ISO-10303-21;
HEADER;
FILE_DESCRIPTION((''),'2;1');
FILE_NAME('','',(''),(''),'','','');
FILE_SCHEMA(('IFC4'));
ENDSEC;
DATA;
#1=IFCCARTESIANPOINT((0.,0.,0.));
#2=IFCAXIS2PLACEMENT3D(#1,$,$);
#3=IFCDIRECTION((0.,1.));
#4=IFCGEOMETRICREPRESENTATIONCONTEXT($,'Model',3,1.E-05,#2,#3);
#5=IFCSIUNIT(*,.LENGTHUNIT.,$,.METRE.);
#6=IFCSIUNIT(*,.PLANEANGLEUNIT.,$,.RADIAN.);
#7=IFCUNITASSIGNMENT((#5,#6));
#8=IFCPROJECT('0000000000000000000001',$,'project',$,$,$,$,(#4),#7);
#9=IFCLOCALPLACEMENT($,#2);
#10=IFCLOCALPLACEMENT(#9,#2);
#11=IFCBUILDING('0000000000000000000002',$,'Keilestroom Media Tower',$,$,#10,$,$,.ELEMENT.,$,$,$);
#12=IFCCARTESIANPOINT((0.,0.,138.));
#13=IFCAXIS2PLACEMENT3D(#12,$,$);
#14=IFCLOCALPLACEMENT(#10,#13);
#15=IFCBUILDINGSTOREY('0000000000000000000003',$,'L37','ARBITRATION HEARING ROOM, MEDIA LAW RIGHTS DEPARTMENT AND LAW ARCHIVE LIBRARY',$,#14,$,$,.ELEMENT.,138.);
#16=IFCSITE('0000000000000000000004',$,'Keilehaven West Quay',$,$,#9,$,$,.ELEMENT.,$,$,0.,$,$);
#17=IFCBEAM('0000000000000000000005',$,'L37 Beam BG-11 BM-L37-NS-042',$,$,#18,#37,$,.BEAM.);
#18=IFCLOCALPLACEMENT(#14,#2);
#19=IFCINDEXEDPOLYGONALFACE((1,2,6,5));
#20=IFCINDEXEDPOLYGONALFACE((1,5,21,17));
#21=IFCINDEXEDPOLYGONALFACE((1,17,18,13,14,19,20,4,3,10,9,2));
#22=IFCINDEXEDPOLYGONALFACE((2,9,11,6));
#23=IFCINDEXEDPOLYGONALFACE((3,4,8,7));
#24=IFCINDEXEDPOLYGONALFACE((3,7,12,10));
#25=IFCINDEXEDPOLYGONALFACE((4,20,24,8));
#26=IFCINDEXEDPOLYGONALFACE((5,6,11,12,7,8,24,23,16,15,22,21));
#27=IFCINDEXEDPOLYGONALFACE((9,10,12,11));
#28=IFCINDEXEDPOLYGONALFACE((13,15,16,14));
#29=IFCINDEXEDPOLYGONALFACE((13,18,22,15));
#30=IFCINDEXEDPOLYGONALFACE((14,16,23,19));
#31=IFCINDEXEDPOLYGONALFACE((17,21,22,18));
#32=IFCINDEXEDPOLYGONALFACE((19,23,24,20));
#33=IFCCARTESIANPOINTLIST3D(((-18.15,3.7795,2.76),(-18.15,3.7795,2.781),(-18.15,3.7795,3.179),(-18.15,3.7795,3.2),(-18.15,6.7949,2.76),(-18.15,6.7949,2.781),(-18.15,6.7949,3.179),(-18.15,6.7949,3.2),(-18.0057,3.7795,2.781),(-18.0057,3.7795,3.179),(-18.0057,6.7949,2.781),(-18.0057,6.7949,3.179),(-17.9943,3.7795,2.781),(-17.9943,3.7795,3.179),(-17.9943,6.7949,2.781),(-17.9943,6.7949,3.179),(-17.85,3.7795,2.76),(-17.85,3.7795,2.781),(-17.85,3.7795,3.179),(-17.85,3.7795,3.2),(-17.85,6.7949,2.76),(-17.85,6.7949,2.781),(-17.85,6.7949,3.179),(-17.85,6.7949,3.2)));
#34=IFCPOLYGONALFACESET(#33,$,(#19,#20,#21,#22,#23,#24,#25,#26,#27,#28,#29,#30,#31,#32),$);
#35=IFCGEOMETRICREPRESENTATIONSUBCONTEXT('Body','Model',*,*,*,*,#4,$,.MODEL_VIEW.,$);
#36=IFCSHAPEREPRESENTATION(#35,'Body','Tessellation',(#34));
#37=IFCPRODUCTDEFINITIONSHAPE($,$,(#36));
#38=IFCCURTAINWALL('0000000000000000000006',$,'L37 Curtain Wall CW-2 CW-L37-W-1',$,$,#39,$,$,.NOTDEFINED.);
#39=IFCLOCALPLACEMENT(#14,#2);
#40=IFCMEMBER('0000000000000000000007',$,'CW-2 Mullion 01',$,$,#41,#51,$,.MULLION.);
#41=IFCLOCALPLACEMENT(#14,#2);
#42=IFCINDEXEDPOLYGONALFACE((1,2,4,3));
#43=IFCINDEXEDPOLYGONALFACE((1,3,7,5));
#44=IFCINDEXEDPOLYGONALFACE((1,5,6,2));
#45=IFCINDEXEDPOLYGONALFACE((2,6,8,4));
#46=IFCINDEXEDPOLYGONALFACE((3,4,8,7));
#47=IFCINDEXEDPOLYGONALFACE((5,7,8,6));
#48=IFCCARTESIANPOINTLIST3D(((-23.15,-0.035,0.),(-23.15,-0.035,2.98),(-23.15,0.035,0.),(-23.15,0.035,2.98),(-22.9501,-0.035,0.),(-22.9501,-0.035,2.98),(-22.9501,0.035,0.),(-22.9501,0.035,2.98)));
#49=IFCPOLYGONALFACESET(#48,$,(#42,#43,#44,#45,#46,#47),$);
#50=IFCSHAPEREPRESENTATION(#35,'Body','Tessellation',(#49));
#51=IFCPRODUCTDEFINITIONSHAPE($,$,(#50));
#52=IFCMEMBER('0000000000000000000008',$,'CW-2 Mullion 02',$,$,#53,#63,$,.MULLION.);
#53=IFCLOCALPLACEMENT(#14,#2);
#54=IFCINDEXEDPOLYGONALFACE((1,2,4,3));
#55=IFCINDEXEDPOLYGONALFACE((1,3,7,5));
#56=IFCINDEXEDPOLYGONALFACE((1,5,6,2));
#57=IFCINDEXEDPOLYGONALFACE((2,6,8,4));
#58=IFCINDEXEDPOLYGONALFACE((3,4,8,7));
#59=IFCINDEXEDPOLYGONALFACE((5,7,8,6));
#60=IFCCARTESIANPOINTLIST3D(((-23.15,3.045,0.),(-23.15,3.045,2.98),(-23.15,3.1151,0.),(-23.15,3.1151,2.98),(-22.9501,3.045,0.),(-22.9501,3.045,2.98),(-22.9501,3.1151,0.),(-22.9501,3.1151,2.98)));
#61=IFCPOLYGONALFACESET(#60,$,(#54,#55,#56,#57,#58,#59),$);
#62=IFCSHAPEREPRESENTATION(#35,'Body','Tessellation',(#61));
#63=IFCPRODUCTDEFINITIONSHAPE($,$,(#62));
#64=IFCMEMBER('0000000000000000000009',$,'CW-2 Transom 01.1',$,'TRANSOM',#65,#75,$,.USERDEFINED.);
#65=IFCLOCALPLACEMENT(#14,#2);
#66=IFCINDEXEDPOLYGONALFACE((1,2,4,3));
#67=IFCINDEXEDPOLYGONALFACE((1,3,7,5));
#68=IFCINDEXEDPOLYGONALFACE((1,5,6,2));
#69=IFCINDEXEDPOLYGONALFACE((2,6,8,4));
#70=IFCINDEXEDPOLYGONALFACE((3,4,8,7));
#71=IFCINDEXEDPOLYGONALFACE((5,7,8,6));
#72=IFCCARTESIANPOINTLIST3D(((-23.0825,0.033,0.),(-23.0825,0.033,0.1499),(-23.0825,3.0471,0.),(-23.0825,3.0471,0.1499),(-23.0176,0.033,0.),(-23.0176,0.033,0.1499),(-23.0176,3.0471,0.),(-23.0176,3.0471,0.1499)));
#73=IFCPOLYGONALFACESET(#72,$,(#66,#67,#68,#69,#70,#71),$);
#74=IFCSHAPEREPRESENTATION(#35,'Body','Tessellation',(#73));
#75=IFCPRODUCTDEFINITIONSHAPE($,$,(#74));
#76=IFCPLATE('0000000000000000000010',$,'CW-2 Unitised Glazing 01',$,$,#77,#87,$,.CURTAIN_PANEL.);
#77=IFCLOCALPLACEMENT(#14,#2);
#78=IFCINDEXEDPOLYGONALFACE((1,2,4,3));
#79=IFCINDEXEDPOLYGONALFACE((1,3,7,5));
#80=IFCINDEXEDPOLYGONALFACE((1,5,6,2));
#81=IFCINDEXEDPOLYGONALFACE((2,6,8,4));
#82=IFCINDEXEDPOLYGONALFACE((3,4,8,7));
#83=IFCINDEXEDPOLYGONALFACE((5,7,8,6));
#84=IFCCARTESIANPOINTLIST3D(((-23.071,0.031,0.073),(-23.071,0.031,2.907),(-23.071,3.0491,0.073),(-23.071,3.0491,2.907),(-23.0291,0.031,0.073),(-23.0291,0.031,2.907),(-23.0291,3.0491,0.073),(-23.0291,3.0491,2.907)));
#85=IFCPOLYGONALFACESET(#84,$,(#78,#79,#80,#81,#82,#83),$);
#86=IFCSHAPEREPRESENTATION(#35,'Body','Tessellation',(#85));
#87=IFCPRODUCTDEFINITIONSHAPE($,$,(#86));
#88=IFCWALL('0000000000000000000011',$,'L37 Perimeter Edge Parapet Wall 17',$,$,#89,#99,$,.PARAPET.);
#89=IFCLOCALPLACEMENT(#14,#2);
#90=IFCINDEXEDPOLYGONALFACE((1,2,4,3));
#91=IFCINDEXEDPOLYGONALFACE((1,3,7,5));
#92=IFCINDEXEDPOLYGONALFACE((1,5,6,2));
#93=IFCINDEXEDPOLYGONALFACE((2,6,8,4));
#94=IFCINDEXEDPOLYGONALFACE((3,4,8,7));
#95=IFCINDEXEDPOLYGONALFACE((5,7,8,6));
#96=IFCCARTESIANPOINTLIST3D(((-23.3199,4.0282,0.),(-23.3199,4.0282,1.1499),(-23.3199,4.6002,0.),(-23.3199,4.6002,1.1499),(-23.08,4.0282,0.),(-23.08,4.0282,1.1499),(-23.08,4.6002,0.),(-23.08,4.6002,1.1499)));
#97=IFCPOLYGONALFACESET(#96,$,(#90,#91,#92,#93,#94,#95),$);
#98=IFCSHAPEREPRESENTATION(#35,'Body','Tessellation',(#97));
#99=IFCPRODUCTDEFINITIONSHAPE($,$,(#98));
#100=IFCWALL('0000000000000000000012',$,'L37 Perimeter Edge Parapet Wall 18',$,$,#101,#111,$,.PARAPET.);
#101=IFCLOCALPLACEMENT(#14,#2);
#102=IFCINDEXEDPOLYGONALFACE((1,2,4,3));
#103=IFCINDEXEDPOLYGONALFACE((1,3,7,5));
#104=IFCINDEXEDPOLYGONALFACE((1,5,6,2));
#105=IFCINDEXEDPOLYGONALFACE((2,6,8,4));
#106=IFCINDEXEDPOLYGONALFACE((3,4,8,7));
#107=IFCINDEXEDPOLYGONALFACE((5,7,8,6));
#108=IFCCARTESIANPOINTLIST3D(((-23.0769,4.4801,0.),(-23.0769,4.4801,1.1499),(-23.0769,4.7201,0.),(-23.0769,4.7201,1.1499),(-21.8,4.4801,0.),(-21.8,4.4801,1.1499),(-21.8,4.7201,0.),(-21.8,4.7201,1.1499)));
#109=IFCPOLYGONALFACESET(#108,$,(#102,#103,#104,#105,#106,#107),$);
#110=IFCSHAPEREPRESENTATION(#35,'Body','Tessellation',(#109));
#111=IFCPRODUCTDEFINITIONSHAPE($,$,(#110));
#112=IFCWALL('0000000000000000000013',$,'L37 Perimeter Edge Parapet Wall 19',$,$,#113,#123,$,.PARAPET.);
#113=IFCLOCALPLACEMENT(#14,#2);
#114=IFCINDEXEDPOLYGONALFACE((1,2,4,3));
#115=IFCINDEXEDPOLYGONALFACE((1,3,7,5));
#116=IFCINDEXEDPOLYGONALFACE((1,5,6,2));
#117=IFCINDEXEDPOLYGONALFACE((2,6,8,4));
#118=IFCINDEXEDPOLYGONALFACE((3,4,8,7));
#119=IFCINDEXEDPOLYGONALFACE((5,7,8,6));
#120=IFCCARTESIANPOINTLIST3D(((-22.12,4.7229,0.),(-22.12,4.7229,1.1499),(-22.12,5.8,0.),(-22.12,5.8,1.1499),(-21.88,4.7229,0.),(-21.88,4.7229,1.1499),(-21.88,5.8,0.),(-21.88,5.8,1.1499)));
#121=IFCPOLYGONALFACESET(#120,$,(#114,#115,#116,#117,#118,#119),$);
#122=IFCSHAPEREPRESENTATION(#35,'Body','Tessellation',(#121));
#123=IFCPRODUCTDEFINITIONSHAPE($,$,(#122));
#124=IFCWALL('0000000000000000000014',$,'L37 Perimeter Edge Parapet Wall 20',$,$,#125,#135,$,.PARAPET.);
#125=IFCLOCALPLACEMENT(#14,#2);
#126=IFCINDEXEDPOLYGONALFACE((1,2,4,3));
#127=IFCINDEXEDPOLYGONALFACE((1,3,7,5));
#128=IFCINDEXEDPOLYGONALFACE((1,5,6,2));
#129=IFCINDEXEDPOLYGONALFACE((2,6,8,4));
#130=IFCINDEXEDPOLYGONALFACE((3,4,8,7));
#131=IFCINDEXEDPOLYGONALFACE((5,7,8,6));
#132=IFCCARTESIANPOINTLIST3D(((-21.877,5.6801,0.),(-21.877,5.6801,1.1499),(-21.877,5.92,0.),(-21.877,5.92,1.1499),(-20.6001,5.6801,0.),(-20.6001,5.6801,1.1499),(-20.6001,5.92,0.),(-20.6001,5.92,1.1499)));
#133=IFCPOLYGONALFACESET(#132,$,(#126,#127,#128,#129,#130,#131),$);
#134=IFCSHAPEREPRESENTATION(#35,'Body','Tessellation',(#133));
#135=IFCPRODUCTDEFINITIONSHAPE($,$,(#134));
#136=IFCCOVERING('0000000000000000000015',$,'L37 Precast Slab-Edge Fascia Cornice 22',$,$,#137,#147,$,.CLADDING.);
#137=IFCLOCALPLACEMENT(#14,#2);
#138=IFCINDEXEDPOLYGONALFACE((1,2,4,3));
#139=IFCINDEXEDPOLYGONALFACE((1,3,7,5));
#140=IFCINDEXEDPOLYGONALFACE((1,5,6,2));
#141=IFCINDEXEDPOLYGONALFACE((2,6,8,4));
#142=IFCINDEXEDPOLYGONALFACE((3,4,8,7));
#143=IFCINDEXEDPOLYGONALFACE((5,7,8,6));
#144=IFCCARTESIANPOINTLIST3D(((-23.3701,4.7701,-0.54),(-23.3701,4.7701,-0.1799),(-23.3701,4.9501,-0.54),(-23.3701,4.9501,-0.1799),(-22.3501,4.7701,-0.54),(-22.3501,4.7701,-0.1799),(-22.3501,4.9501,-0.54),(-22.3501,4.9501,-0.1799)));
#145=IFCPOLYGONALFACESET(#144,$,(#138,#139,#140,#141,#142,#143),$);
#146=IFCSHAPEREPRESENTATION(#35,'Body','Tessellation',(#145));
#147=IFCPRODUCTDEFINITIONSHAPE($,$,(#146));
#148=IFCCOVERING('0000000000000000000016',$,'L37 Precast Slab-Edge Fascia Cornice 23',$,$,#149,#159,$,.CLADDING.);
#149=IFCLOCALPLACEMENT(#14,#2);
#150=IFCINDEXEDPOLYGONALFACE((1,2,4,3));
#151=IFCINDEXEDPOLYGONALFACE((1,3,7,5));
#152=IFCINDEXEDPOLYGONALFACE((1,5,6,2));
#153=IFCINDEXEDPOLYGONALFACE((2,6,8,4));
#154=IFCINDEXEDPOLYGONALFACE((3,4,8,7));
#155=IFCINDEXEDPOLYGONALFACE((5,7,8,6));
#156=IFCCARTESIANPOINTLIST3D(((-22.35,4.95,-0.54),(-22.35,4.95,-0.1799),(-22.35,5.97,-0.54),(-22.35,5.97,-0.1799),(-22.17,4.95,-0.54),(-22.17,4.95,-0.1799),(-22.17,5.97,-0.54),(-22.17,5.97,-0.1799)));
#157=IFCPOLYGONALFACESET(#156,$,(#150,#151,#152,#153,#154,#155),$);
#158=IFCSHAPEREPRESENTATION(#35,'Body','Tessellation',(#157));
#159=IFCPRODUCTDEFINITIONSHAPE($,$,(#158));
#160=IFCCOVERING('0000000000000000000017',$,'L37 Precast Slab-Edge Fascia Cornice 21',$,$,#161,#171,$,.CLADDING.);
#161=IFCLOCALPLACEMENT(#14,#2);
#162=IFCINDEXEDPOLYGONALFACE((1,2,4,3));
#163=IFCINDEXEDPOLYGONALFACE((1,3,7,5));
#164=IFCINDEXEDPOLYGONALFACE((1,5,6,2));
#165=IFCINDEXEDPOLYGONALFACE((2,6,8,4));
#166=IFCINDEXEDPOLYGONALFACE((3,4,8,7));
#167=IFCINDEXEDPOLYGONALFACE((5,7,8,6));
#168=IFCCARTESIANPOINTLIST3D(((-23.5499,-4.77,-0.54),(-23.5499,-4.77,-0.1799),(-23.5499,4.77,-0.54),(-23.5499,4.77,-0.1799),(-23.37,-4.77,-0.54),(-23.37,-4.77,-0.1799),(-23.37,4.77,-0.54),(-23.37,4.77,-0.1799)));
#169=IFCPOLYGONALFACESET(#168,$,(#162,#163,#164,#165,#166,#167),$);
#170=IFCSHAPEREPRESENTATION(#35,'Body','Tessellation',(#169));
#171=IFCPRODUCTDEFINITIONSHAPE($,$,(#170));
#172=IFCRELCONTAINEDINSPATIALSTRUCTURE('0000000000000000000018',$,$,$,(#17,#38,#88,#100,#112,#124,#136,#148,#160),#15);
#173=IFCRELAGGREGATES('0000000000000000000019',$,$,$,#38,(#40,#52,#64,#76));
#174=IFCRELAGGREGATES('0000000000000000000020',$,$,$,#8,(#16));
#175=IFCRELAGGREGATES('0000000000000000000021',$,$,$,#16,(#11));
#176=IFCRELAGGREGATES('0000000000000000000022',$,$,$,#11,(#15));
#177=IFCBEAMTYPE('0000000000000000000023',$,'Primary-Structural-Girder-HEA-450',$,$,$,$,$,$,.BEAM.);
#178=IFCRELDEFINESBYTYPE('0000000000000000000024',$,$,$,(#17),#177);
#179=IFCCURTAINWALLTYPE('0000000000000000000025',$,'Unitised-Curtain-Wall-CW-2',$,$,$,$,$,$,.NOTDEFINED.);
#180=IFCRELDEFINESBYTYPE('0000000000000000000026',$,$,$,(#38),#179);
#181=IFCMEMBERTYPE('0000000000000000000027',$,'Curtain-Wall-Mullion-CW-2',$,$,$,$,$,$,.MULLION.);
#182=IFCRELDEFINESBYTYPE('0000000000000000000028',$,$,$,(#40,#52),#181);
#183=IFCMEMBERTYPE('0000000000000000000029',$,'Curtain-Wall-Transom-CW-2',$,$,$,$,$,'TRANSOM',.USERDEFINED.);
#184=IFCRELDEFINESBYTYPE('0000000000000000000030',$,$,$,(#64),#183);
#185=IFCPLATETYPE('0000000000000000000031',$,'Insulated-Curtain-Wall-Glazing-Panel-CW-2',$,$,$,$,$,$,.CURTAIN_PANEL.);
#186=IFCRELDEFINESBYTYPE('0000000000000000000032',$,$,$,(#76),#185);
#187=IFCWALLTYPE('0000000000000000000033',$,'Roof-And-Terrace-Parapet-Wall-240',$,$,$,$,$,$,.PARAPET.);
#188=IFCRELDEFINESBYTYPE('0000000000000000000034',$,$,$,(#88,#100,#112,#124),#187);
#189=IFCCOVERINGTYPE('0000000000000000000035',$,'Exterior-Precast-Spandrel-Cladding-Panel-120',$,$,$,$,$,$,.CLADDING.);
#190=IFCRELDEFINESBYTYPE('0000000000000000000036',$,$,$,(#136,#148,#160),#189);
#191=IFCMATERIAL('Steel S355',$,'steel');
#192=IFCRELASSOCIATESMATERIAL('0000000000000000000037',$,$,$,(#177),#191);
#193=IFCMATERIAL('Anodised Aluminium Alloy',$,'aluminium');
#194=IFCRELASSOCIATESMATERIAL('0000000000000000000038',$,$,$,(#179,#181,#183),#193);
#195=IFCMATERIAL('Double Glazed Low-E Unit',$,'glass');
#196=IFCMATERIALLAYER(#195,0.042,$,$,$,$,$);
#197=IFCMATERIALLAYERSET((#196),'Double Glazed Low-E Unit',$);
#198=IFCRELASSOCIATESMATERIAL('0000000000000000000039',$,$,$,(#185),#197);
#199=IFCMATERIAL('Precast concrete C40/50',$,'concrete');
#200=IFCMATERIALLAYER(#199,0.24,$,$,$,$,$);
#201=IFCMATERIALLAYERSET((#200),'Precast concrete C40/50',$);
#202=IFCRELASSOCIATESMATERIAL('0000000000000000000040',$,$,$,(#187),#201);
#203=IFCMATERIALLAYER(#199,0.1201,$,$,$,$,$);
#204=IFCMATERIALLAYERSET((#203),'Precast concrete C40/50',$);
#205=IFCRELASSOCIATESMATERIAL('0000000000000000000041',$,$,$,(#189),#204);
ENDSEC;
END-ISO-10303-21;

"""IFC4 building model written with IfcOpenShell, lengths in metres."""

from ifc_helpers import new_model, si_unit, direction, frame, frame_2d, origin, origin_2d, place, context, subcontext, project, spatial, rectangle, i_section, extrude, source, transform, mapped, material, layer, layer_set, material_profile, profile_set, type_object, element, aggregate, save


model = new_model("IFC4")

# Units and contexts
model_context = context("Model", 3, precision=1e-05, world=origin(), true_north=direction((0.0, 1.0)))
body_context = subcontext(model_context, "Body", "Model", "MODEL_VIEW")
ifc_project = project(units=[si_unit("LENGTHUNIT", "METRE"), si_unit("PLANEANGLEUNIT", "RADIAN")], contexts=[model_context])

# Site, building, storey
site_placement = place(None, origin())
site = spatial("IfcSite", under=ifc_project, at=site_placement, Name="Keilehaven West Quay", CompositionType="ELEMENT", RefElevation=0.0)
building_placement = place(site_placement, origin())
building = spatial("IfcBuilding", under=site, at=building_placement, Name="Keilestroom Media Tower", CompositionType="ELEMENT")
storey_placement = place(building_placement, frame((0.0, 0.0, 138.0)))
storey = spatial("IfcBuildingStorey", under=building, at=storey_placement, Name="L37", Description="ARBITRATION HEARING ROOM, MEDIA LAW RIGHTS DEPARTMENT AND LAW ARCHIVE LIBRARY", CompositionType="ELEMENT", Elevation=138.0)

# Shared definitions
ifc_material_1 = material(Name="Precast concrete C40/50", Category="concrete")
ifc_material_2 = material(Name="Steel S355", Category="steel")

# Beam
ifc_material_profile_1 = material_profile(ifc_material_2, i_section(OverallWidth=0.3, OverallDepth=0.4399, WebThickness=0.0115, FlangeThickness=0.021, at=origin_2d()), Name="HEA 450")
ifc_profile_set_1 = profile_set([ifc_material_profile_1], Name="Steel S355")
beam_type_1 = type_object("IfcBeamType", Name="Primary-Structural-Girder-HEA-450", PredefinedType="BEAM", material=ifc_profile_set_1)
shared_shape_1 = source(origin(), body_context, "Body", "SweptSolid", [
    extrude(i_section(OverallWidth=0.3, OverallDepth=0.4399, WebThickness=0.0115, FlangeThickness=0.021, at=origin_2d()), origin(), (0.0, 0.0, 1.0), 3.0154),
])
beam_1_placement = place(storey_placement, frame((-18.0, 3.7795, 2.98), z_axis=(0.0, 1.0, 0.0), x_axis=(-1.0, 0.0, 0.0)))
element("IfcBeam", 1, at=beam_1_placement, inside=storey, type_object=beam_type_1, Name="L37 Beam BG-11 BM-L37-NS-042", PredefinedType="BEAM", context=body_context, shape_type="MappedRepresentation", body=[
    mapped(shared_shape_1, transform((0.0, 0.0, 0.0), x_axis=(1.0, 0.0, 0.0), y_axis=(0.0, 1.0, 0.0), z_axis=(0.0, 0.0, 1.0), scale=1.0)),
])

# Curtain wall, members, plate
ifc_material_3 = material(Name="Anodised Aluminium Alloy", Category="aluminium")
curtain_wall_type = type_object("IfcCurtainWallType", Name="Unitised-Curtain-Wall-CW-2", PredefinedType="NOTDEFINED", material=ifc_material_3)
curtain_wall_placement = place(storey_placement, origin())
curtain_wall = element("IfcCurtainWall", 2, at=curtain_wall_placement, inside=storey, type_object=curtain_wall_type, Name="L37 Curtain Wall CW-2 CW-L37-W-1", PredefinedType="NOTDEFINED")
ifc_material_profile_2 = material_profile(ifc_material_3, rectangle(XDim=0.0701, YDim=0.2, at=origin_2d()), Name="ALU MULLION 70x200")
ifc_profile_set_2 = profile_set([ifc_material_profile_2], Name="Anodised Aluminium Alloy")
member_type_1 = type_object("IfcMemberType", Name="Curtain-Wall-Mullion-CW-2", PredefinedType="MULLION", material=ifc_profile_set_2)
shared_shape_2 = source(origin(), body_context, "Body", "SweptSolid", [
    extrude(rectangle(XDim=0.0701, YDim=0.2, at=origin_2d()), origin(), (0.0, 0.0, 1.0), 2.98),
])
member_1_placement = place(storey_placement, frame((-23.05, 0.0, 0.0), z_axis=(0.0, 0.0, 1.0), x_axis=(0.0, 1.0, 0.0)))
member_1 = element("IfcMember", 3, at=member_1_placement, type_object=member_type_1, Name="CW-2 Mullion 01", PredefinedType="MULLION", context=body_context, shape_type="MappedRepresentation", body=[
    mapped(shared_shape_2, transform((0.0, 0.0, 0.0), x_axis=(1.0, 0.0, 0.0), y_axis=(0.0, 1.0, 0.0), z_axis=(0.0, 0.0, 1.0), scale=1.0)),
])
member_2_placement = place(storey_placement, frame((-23.05, 3.0801, 0.0), z_axis=(0.0, 0.0, 1.0), x_axis=(0.0, 1.0, 0.0)))
member_2 = element("IfcMember", 4, at=member_2_placement, type_object=member_type_1, Name="CW-2 Mullion 02", PredefinedType="MULLION", context=body_context, shape_type="MappedRepresentation", body=[
    mapped(shared_shape_2, transform((0.0, 0.0, 0.0), x_axis=(1.0, 0.0, 0.0), y_axis=(0.0, 1.0, 0.0), z_axis=(0.0, 0.0, 1.0), scale=1.0)),
])
ifc_material_profile_3 = material_profile(ifc_material_3, rectangle(XDim=0.0649, YDim=0.1499, at=origin_2d()), Name="ALU TRANSOM 65x150")
ifc_profile_set_3 = profile_set([ifc_material_profile_3], Name="Anodised Aluminium Alloy")
member_type_2 = type_object("IfcMemberType", Name="Curtain-Wall-Transom-CW-2", ElementType="TRANSOM", PredefinedType="USERDEFINED", material=ifc_profile_set_3)
shared_shape_3 = source(origin(), body_context, "Body", "SweptSolid", [
    extrude(rectangle(XDim=0.0649, YDim=0.1499, at=origin_2d()), origin(), (0.0, 0.0, 1.0), 3.0142),
])
member_3_placement = place(storey_placement, frame((-23.05, 0.033, 0.075), z_axis=(0.0, 1.0, 0.0), x_axis=(-1.0, 0.0, 0.0)))
member_3 = element("IfcMember", 5, at=member_3_placement, type_object=member_type_2, Name="CW-2 Transom 01.1", ObjectType="TRANSOM", PredefinedType="USERDEFINED", context=body_context, shape_type="MappedRepresentation", body=[
    mapped(shared_shape_3, transform((0.0, 0.0, 0.0), x_axis=(1.0, 0.0, 0.0), y_axis=(0.0, 1.0, 0.0), z_axis=(0.0, 0.0, 1.0), scale=1.0)),
])
ifc_material_4 = material(Name="Double Glazed Low-E Unit", Category="glass")
ifc_layer_1 = layer(ifc_material_4, 0.042)
ifc_layer_set_1 = layer_set([ifc_layer_1], Name="Double Glazed Low-E Unit")
plate_type = type_object("IfcPlateType", Name="Insulated-Curtain-Wall-Glazing-Panel-CW-2", PredefinedType="CURTAIN_PANEL", material=ifc_layer_set_1)
shared_shape_4 = source(origin(), body_context, "Body", "SweptSolid", [
    extrude(rectangle(XDim=3.0181, YDim=0.042, at=origin_2d()), origin(), (0.0, 0.0, 1.0), 2.834),
])
plate_placement = place(storey_placement, frame((-23.05, 1.54, 0.073), z_axis=(0.0, 0.0, 1.0), x_axis=(0.0, 1.0, 0.0)))
plate = element("IfcPlate", 6, at=plate_placement, type_object=plate_type, Name="CW-2 Unitised Glazing 01", PredefinedType="CURTAIN_PANEL", context=body_context, shape_type="MappedRepresentation", body=[
    mapped(shared_shape_4, transform((0.0, 0.0, 0.0), x_axis=(1.0, 0.0, 0.0), y_axis=(0.0, 1.0, 0.0), z_axis=(0.0, 0.0, 1.0), scale=1.0)),
])
aggregate(curtain_wall, [member_1, member_2, member_3, plate])

# Walls
ifc_layer_2 = layer(ifc_material_1, 0.24)
ifc_layer_set_2 = layer_set([ifc_layer_2], Name="Precast concrete C40/50")
wall_type = type_object("IfcWallType", Name="Roof-And-Terrace-Parapet-Wall-240", PredefinedType="PARAPET", material=ifc_layer_set_2)
wall_1_placement = place(storey_placement, frame((-23.2, 4.0281, 0.0), z_axis=(0.0, 0.0, 1.0), x_axis=(0.0, 1.0, 0.0)))
element("IfcWall", 7, at=wall_1_placement, inside=storey, type_object=wall_type, Name="L37 Perimeter Edge Parapet Wall 17", PredefinedType="PARAPET", context=body_context, shape_type="SweptSolid", body=[
    extrude(rectangle(XDim=0.572, YDim=0.24, at=frame_2d((0.2861, 0.0))), origin(), (0.0, 0.0, 1.0), 1.1499),
])
wall_2_placement = place(storey_placement, frame((-23.0769, 4.6001, 0.0), z_axis=(0.0, 0.0, 1.0), x_axis=(1.0, 0.0, 0.0)))
element("IfcWall", 8, at=wall_2_placement, inside=storey, type_object=wall_type, Name="L37 Perimeter Edge Parapet Wall 18", PredefinedType="PARAPET", context=body_context, shape_type="SweptSolid", body=[
    extrude(rectangle(XDim=1.2769, YDim=0.24, at=frame_2d((0.6384, 0.0))), origin(), (0.0, 0.0, 1.0), 1.1499),
])
wall_3_placement = place(storey_placement, frame((-22.0, 4.7229, 0.0), z_axis=(0.0, 0.0, 1.0), x_axis=(0.0, 1.0, 0.0)))
element("IfcWall", 9, at=wall_3_placement, inside=storey, type_object=wall_type, Name="L37 Perimeter Edge Parapet Wall 19", PredefinedType="PARAPET", context=body_context, shape_type="SweptSolid", body=[
    extrude(rectangle(XDim=1.0771, YDim=0.24, at=frame_2d((0.5386, 0.0))), origin(), (0.0, 0.0, 1.0), 1.1499),
])
wall_4_placement = place(storey_placement, frame((-21.877, 5.8, 0.0), z_axis=(0.0, 0.0, 1.0), x_axis=(1.0, 0.0, 0.0)))
element("IfcWall", 10, at=wall_4_placement, inside=storey, type_object=wall_type, Name="L37 Perimeter Edge Parapet Wall 20", PredefinedType="PARAPET", context=body_context, shape_type="SweptSolid", body=[
    extrude(rectangle(XDim=1.2769, YDim=0.24, at=frame_2d((0.6384, 0.0))), origin(), (0.0, 0.0, 1.0), 1.1499),
])

# Coverings
ifc_layer_3 = layer(ifc_material_1, 0.1201)
ifc_layer_set_3 = layer_set([ifc_layer_3], Name="Precast concrete C40/50")
covering_type = type_object("IfcCoveringType", Name="Exterior-Precast-Spandrel-Cladding-Panel-120", PredefinedType="CLADDING", material=ifc_layer_set_3)
shared_shape_5 = source(origin(), body_context, "Body", "SweptSolid", [
    extrude(rectangle(XDim=1.02, YDim=0.1799, at=origin_2d()), origin(), (0.0, 0.0, 1.0), 0.3601),
])
for number, where, z_axis, x_axis, name in (
    (11, (-22.8601, 4.8601, -0.54), (0.0, 0.0, 1.0), (1.0, 0.0, 0.0), "L37 Precast Slab-Edge Fascia Cornice 22"),
    (12, (-22.26, 5.46, -0.54), (0.0, 0.0, 1.0), (0.0, 1.0, 0.0), "L37 Precast Slab-Edge Fascia Cornice 23"),
):
    element("IfcCovering", number, at=place(storey_placement, frame(where, z_axis=z_axis, x_axis=x_axis)), inside=storey, type_object=covering_type, Name=name, PredefinedType="CLADDING", context=body_context, shape_type="MappedRepresentation", body=[
        mapped(shared_shape_5, transform((0.0, 0.0, 0.0), x_axis=(1.0, 0.0, 0.0), y_axis=(0.0, 1.0, 0.0), z_axis=(0.0, 0.0, 1.0), scale=1.0)),
    ])
shared_shape_6 = source(origin(), body_context, "Body", "SweptSolid", [
    extrude(rectangle(XDim=9.54, YDim=0.1799, at=origin_2d()), origin(), (0.0, 0.0, 1.0), 0.3601),
])
covering_placement = place(storey_placement, frame((-23.46, 0.0, -0.54), z_axis=(0.0, 0.0, 1.0), x_axis=(0.0, 1.0, 0.0)))
element("IfcCovering", 13, at=covering_placement, inside=storey, type_object=covering_type, Name="L37 Precast Slab-Edge Fascia Cornice 21", PredefinedType="CLADDING", context=body_context, shape_type="MappedRepresentation", body=[
    mapped(shared_shape_6, transform((0.0, 0.0, 0.0), x_axis=(1.0, 0.0, 0.0), y_axis=(0.0, 1.0, 0.0), z_axis=(0.0, 0.0, 1.0), scale=1.0)),
])

save(model, "model.ifc")
